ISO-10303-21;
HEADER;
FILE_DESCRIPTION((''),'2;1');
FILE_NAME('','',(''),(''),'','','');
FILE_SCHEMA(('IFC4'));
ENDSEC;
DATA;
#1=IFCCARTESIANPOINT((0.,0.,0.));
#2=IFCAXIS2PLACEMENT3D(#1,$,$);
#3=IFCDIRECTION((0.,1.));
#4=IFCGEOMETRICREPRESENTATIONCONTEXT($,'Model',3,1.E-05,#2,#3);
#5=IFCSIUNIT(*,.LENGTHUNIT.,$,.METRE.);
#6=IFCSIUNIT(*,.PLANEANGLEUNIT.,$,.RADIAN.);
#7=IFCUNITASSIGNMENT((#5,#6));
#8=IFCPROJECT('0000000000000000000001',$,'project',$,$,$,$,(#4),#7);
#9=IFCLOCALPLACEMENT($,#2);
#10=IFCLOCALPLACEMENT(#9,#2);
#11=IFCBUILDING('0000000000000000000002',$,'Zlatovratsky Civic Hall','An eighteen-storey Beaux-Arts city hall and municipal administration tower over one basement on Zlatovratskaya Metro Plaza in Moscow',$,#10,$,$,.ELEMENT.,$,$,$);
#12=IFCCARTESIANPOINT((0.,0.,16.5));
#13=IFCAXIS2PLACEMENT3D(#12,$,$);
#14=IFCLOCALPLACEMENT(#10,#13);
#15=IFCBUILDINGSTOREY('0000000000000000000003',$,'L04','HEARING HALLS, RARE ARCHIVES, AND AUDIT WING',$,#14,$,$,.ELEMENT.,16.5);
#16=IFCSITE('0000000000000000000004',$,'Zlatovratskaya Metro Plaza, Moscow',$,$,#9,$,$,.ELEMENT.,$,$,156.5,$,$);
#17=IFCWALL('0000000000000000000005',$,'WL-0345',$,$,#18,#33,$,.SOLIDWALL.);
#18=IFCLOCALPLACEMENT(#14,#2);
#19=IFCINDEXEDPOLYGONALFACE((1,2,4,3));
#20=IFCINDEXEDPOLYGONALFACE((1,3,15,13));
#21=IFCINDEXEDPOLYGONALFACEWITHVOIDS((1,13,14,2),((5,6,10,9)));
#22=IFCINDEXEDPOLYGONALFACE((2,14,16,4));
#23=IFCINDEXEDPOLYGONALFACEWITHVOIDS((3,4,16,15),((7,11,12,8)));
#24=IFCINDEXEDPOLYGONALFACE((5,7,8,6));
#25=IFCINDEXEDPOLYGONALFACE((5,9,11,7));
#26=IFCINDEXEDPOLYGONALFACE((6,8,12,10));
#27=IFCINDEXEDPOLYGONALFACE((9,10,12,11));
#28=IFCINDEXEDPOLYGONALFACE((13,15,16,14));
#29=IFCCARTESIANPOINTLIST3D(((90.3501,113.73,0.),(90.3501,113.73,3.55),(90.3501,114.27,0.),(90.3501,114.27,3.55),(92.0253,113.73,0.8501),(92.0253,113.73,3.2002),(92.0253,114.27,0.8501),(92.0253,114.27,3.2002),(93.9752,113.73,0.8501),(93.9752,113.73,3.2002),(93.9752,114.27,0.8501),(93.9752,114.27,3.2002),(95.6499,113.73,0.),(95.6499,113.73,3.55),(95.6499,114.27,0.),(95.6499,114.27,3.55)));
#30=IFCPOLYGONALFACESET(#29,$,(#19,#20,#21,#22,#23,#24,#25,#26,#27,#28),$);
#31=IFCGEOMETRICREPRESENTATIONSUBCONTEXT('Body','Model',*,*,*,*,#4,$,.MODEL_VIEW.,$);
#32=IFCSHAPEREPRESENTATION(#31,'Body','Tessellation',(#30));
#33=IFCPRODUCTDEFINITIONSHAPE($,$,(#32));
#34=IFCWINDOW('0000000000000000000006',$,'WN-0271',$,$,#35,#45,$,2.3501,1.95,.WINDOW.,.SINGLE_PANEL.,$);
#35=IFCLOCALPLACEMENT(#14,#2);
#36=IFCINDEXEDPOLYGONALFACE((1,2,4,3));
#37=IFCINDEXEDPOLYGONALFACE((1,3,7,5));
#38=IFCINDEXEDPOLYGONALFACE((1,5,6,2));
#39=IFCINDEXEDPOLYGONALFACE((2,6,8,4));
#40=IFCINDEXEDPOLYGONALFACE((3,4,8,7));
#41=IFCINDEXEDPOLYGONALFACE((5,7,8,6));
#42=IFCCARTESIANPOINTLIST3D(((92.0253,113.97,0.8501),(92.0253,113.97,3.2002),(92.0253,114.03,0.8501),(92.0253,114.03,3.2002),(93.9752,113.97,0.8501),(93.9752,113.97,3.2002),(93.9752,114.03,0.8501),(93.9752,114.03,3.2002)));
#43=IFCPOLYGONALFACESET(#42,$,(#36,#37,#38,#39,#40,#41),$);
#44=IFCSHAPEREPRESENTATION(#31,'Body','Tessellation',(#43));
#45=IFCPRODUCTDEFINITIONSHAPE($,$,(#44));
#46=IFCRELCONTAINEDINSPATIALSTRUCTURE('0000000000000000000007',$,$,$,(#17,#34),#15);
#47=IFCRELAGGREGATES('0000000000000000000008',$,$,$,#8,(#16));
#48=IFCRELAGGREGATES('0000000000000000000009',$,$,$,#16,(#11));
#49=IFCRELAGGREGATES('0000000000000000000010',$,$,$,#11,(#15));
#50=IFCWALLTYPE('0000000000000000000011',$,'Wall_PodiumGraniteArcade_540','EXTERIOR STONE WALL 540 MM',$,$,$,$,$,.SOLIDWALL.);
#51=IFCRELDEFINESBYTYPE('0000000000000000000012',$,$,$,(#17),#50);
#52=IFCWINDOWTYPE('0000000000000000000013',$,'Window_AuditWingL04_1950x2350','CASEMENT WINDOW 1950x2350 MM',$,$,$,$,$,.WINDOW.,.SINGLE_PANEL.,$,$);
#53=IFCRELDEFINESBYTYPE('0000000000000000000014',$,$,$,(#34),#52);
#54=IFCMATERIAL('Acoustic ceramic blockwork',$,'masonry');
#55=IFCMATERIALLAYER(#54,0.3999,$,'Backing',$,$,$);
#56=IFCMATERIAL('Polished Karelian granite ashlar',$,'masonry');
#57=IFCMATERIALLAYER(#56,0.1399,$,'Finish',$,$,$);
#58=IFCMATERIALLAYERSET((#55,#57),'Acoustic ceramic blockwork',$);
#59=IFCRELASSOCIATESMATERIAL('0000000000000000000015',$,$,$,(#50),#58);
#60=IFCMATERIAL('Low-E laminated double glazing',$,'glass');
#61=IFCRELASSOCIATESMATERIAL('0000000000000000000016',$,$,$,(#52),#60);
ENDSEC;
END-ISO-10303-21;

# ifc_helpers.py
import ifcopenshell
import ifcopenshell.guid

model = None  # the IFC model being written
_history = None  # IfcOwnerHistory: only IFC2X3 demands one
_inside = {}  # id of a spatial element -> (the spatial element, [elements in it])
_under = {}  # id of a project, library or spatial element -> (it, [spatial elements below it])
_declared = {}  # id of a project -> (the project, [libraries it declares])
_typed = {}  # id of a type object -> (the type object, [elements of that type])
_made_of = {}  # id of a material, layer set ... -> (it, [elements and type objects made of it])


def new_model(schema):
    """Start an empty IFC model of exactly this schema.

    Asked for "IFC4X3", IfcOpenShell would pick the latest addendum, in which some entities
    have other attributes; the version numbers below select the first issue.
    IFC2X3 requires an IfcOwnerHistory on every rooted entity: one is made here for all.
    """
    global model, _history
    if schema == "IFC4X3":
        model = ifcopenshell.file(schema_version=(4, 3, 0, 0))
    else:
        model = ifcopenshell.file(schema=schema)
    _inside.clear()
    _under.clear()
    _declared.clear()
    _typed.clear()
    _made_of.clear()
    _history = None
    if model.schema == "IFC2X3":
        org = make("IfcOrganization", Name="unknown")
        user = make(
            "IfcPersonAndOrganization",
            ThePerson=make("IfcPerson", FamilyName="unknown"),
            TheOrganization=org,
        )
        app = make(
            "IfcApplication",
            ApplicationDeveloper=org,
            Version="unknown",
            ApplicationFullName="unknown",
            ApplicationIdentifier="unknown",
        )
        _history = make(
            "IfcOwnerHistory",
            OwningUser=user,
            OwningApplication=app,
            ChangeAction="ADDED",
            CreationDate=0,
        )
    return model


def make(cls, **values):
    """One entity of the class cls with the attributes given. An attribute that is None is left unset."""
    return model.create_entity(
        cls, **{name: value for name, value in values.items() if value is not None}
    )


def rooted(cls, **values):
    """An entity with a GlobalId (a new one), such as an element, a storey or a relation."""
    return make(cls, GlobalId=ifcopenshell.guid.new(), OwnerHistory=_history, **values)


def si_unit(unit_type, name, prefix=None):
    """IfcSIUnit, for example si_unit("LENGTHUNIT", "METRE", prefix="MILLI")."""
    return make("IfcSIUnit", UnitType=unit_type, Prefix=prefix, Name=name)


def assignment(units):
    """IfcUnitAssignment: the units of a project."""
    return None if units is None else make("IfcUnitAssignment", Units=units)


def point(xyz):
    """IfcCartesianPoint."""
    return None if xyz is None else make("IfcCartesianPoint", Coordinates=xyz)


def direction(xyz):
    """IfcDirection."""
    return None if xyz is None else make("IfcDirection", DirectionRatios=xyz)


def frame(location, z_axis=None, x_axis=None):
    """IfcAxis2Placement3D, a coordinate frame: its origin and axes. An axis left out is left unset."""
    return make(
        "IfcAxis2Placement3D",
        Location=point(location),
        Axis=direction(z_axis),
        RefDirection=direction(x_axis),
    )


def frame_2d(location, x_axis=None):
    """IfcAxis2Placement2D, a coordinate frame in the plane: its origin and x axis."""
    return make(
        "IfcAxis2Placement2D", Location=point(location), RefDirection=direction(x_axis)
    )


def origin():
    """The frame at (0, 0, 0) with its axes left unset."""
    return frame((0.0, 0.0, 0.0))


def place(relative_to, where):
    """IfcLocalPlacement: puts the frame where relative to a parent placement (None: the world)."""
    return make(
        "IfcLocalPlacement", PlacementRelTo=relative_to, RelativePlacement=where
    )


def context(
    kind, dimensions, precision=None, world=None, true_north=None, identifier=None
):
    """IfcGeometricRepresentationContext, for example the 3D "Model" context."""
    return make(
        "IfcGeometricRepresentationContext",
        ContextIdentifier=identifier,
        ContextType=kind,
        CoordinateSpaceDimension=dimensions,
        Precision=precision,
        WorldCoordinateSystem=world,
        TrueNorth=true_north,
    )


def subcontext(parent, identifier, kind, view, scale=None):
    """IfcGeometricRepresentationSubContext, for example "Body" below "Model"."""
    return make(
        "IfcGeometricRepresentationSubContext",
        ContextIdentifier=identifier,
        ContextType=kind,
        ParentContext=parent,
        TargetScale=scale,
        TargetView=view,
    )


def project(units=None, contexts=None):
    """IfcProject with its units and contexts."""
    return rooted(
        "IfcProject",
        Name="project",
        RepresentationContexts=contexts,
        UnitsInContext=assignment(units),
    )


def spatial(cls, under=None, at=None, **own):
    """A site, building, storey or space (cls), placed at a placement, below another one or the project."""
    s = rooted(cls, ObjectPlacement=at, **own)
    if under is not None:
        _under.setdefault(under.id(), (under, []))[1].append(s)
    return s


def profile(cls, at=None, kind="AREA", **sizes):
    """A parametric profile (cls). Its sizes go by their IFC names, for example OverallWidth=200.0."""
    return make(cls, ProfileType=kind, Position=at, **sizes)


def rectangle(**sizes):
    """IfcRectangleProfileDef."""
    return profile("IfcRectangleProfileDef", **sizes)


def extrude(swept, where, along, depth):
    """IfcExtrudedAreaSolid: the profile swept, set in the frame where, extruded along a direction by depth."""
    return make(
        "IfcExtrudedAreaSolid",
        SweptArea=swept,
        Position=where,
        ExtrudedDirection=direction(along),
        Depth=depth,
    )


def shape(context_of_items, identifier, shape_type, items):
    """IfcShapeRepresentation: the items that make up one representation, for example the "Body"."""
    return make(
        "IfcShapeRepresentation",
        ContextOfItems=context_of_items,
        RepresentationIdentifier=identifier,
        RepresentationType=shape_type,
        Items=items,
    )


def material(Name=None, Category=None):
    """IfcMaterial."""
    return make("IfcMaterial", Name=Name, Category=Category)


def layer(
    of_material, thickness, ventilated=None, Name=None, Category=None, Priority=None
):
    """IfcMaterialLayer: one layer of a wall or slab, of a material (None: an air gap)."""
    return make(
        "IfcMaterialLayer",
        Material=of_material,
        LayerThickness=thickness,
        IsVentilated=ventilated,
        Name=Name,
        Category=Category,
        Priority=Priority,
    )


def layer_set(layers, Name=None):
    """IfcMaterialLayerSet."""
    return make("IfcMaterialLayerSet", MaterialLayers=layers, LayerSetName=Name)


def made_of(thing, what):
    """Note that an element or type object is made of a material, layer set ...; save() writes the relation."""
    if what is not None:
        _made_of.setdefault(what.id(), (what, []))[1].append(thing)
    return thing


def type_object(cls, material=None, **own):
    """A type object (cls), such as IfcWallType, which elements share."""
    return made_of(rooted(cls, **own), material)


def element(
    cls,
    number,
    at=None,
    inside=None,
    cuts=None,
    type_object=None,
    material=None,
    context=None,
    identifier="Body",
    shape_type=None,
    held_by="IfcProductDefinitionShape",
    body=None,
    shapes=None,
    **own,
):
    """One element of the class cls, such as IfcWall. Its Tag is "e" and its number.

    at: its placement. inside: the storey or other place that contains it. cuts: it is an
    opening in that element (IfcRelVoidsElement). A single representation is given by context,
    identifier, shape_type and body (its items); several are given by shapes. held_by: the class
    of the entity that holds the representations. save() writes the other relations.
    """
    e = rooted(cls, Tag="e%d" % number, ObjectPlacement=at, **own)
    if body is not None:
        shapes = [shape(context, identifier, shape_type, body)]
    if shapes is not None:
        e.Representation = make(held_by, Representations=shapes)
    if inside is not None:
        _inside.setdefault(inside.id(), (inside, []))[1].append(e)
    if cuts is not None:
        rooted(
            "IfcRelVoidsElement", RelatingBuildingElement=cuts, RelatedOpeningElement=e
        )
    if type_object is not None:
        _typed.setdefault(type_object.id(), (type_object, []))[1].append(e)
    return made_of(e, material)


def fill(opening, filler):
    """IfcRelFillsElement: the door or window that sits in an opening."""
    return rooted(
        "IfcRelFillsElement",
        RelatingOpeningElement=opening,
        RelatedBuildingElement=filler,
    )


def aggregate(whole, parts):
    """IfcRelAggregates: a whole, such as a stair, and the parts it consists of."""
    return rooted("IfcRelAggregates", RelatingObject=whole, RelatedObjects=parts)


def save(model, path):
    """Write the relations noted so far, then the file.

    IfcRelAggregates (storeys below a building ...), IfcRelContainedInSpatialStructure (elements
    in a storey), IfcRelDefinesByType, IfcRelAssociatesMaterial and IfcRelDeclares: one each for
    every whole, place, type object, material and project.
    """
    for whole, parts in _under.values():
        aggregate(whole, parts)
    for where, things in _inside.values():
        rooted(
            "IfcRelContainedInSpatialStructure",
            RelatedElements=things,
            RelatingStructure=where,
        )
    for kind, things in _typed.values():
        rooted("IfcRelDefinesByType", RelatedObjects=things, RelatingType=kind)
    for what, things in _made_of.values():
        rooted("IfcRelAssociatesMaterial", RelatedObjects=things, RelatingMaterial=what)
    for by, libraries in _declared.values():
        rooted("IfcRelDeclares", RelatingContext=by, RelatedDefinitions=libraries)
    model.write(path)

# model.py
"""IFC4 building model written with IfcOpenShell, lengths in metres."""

from ifc_helpers import new_model, si_unit, direction, frame, frame_2d, origin, place, context, subcontext, project, spatial, rectangle, extrude, material, layer, layer_set, type_object, element, fill, save


model = new_model("IFC4")

# Units and contexts
model_context = context("Model", 3, precision=1e-05, world=origin(), true_north=direction((0.0, 1.0)))
body_context = subcontext(model_context, "Body", "Model", "MODEL_VIEW")
ifc_project = project(units=[si_unit("LENGTHUNIT", "METRE"), si_unit("PLANEANGLEUNIT", "RADIAN")], contexts=[model_context])

# Site, building, storey
site_placement = place(None, origin())
site = spatial("IfcSite", under=ifc_project, at=site_placement, Name="Zlatovratskaya Metro Plaza, Moscow", CompositionType="ELEMENT", RefElevation=156.5)
building_placement = place(site_placement, origin())
building = spatial("IfcBuilding", under=site, at=building_placement, Name="Zlatovratsky Civic Hall", Description="An eighteen-storey Beaux-Arts city hall and municipal administration tower over one basement on Zlatovratskaya Metro Plaza in Moscow", CompositionType="ELEMENT")
storey_placement = place(building_placement, frame((0.0, 0.0, 16.5)))
storey = spatial("IfcBuildingStorey", under=building, at=storey_placement, Name="L04", Description="HEARING HALLS, RARE ARCHIVES, AND AUDIT WING", CompositionType="ELEMENT", Elevation=16.5)

# Wall, opening, window
ifc_material_1 = material(Name="Acoustic ceramic blockwork", Category="masonry")
ifc_layer_1 = layer(ifc_material_1, 0.3999, Name="Backing")
ifc_material_2 = material(Name="Polished Karelian granite ashlar", Category="masonry")
ifc_layer_2 = layer(ifc_material_2, 0.1399, Name="Finish")
ifc_layer_set = layer_set([ifc_layer_1, ifc_layer_2], Name="Acoustic ceramic blockwork")
wall_type = type_object("IfcWallType", Name="Wall_PodiumGraniteArcade_540", Description="EXTERIOR STONE WALL 540 MM", PredefinedType="SOLIDWALL", material=ifc_layer_set)
ifc_material_3 = material(Name="Low-E laminated double glazing", Category="glass")
window_type = type_object("IfcWindowType", Name="Window_AuditWingL04_1950x2350", Description="CASEMENT WINDOW 1950x2350 MM", PartitioningType="SINGLE_PANEL", PredefinedType="WINDOW", material=ifc_material_3)
wall_1_placement = place(storey_placement, frame((90.3501, 114.0, 0.0), z_axis=(0.0, 0.0, 1.0), x_axis=(1.0, 0.0, 0.0)))
wall_1 = element("IfcWall", 1, at=wall_1_placement, inside=storey, type_object=wall_type, Name="WL-0345", PredefinedType="SOLIDWALL", context=body_context, shape_type="SweptSolid", body=[
    extrude(rectangle(XDim=5.2998, YDim=0.54, at=frame_2d((2.6499, 0.0))), origin(), (0.0, 0.0, 1.0), 3.55),
])
opening_1_placement = place(wall_1_placement, frame((1.675, 0.0, 0.8501)))
opening_1 = element("IfcOpeningElement", 2, at=opening_1_placement, cuts=wall_1, PredefinedType="OPENING", context=body_context, shape_type="SweptSolid", body=[
    extrude(rectangle(XDim=1.95, YDim=2.3501, at=frame_2d((0.9751, 1.175))), frame((0.0, 0.2849, 0.0), z_axis=(0.0, -1.0, 0.0), x_axis=(1.0, 0.0, 0.0)), (0.0, 0.0, 1.0), 0.5698),
])
window_1_placement = place(opening_1_placement, origin())
window_1 = element("IfcWindow", 3, at=window_1_placement, inside=storey, type_object=window_type, Name="WN-0271", OverallHeight=2.3501, OverallWidth=1.95, PartitioningType="SINGLE_PANEL", PredefinedType="WINDOW", context=body_context, shape_type="SweptSolid", body=[
    extrude(rectangle(XDim=1.95, YDim=2.3501, at=frame_2d((0.9751, 1.175))), frame((0.0, 0.03, 0.0), z_axis=(0.0, -1.0, 0.0), x_axis=(1.0, 0.0, 0.0)), (0.0, 0.0, 1.0), 0.0601),
])
fill(opening_1, window_1)

save(model, "model.ifc")
